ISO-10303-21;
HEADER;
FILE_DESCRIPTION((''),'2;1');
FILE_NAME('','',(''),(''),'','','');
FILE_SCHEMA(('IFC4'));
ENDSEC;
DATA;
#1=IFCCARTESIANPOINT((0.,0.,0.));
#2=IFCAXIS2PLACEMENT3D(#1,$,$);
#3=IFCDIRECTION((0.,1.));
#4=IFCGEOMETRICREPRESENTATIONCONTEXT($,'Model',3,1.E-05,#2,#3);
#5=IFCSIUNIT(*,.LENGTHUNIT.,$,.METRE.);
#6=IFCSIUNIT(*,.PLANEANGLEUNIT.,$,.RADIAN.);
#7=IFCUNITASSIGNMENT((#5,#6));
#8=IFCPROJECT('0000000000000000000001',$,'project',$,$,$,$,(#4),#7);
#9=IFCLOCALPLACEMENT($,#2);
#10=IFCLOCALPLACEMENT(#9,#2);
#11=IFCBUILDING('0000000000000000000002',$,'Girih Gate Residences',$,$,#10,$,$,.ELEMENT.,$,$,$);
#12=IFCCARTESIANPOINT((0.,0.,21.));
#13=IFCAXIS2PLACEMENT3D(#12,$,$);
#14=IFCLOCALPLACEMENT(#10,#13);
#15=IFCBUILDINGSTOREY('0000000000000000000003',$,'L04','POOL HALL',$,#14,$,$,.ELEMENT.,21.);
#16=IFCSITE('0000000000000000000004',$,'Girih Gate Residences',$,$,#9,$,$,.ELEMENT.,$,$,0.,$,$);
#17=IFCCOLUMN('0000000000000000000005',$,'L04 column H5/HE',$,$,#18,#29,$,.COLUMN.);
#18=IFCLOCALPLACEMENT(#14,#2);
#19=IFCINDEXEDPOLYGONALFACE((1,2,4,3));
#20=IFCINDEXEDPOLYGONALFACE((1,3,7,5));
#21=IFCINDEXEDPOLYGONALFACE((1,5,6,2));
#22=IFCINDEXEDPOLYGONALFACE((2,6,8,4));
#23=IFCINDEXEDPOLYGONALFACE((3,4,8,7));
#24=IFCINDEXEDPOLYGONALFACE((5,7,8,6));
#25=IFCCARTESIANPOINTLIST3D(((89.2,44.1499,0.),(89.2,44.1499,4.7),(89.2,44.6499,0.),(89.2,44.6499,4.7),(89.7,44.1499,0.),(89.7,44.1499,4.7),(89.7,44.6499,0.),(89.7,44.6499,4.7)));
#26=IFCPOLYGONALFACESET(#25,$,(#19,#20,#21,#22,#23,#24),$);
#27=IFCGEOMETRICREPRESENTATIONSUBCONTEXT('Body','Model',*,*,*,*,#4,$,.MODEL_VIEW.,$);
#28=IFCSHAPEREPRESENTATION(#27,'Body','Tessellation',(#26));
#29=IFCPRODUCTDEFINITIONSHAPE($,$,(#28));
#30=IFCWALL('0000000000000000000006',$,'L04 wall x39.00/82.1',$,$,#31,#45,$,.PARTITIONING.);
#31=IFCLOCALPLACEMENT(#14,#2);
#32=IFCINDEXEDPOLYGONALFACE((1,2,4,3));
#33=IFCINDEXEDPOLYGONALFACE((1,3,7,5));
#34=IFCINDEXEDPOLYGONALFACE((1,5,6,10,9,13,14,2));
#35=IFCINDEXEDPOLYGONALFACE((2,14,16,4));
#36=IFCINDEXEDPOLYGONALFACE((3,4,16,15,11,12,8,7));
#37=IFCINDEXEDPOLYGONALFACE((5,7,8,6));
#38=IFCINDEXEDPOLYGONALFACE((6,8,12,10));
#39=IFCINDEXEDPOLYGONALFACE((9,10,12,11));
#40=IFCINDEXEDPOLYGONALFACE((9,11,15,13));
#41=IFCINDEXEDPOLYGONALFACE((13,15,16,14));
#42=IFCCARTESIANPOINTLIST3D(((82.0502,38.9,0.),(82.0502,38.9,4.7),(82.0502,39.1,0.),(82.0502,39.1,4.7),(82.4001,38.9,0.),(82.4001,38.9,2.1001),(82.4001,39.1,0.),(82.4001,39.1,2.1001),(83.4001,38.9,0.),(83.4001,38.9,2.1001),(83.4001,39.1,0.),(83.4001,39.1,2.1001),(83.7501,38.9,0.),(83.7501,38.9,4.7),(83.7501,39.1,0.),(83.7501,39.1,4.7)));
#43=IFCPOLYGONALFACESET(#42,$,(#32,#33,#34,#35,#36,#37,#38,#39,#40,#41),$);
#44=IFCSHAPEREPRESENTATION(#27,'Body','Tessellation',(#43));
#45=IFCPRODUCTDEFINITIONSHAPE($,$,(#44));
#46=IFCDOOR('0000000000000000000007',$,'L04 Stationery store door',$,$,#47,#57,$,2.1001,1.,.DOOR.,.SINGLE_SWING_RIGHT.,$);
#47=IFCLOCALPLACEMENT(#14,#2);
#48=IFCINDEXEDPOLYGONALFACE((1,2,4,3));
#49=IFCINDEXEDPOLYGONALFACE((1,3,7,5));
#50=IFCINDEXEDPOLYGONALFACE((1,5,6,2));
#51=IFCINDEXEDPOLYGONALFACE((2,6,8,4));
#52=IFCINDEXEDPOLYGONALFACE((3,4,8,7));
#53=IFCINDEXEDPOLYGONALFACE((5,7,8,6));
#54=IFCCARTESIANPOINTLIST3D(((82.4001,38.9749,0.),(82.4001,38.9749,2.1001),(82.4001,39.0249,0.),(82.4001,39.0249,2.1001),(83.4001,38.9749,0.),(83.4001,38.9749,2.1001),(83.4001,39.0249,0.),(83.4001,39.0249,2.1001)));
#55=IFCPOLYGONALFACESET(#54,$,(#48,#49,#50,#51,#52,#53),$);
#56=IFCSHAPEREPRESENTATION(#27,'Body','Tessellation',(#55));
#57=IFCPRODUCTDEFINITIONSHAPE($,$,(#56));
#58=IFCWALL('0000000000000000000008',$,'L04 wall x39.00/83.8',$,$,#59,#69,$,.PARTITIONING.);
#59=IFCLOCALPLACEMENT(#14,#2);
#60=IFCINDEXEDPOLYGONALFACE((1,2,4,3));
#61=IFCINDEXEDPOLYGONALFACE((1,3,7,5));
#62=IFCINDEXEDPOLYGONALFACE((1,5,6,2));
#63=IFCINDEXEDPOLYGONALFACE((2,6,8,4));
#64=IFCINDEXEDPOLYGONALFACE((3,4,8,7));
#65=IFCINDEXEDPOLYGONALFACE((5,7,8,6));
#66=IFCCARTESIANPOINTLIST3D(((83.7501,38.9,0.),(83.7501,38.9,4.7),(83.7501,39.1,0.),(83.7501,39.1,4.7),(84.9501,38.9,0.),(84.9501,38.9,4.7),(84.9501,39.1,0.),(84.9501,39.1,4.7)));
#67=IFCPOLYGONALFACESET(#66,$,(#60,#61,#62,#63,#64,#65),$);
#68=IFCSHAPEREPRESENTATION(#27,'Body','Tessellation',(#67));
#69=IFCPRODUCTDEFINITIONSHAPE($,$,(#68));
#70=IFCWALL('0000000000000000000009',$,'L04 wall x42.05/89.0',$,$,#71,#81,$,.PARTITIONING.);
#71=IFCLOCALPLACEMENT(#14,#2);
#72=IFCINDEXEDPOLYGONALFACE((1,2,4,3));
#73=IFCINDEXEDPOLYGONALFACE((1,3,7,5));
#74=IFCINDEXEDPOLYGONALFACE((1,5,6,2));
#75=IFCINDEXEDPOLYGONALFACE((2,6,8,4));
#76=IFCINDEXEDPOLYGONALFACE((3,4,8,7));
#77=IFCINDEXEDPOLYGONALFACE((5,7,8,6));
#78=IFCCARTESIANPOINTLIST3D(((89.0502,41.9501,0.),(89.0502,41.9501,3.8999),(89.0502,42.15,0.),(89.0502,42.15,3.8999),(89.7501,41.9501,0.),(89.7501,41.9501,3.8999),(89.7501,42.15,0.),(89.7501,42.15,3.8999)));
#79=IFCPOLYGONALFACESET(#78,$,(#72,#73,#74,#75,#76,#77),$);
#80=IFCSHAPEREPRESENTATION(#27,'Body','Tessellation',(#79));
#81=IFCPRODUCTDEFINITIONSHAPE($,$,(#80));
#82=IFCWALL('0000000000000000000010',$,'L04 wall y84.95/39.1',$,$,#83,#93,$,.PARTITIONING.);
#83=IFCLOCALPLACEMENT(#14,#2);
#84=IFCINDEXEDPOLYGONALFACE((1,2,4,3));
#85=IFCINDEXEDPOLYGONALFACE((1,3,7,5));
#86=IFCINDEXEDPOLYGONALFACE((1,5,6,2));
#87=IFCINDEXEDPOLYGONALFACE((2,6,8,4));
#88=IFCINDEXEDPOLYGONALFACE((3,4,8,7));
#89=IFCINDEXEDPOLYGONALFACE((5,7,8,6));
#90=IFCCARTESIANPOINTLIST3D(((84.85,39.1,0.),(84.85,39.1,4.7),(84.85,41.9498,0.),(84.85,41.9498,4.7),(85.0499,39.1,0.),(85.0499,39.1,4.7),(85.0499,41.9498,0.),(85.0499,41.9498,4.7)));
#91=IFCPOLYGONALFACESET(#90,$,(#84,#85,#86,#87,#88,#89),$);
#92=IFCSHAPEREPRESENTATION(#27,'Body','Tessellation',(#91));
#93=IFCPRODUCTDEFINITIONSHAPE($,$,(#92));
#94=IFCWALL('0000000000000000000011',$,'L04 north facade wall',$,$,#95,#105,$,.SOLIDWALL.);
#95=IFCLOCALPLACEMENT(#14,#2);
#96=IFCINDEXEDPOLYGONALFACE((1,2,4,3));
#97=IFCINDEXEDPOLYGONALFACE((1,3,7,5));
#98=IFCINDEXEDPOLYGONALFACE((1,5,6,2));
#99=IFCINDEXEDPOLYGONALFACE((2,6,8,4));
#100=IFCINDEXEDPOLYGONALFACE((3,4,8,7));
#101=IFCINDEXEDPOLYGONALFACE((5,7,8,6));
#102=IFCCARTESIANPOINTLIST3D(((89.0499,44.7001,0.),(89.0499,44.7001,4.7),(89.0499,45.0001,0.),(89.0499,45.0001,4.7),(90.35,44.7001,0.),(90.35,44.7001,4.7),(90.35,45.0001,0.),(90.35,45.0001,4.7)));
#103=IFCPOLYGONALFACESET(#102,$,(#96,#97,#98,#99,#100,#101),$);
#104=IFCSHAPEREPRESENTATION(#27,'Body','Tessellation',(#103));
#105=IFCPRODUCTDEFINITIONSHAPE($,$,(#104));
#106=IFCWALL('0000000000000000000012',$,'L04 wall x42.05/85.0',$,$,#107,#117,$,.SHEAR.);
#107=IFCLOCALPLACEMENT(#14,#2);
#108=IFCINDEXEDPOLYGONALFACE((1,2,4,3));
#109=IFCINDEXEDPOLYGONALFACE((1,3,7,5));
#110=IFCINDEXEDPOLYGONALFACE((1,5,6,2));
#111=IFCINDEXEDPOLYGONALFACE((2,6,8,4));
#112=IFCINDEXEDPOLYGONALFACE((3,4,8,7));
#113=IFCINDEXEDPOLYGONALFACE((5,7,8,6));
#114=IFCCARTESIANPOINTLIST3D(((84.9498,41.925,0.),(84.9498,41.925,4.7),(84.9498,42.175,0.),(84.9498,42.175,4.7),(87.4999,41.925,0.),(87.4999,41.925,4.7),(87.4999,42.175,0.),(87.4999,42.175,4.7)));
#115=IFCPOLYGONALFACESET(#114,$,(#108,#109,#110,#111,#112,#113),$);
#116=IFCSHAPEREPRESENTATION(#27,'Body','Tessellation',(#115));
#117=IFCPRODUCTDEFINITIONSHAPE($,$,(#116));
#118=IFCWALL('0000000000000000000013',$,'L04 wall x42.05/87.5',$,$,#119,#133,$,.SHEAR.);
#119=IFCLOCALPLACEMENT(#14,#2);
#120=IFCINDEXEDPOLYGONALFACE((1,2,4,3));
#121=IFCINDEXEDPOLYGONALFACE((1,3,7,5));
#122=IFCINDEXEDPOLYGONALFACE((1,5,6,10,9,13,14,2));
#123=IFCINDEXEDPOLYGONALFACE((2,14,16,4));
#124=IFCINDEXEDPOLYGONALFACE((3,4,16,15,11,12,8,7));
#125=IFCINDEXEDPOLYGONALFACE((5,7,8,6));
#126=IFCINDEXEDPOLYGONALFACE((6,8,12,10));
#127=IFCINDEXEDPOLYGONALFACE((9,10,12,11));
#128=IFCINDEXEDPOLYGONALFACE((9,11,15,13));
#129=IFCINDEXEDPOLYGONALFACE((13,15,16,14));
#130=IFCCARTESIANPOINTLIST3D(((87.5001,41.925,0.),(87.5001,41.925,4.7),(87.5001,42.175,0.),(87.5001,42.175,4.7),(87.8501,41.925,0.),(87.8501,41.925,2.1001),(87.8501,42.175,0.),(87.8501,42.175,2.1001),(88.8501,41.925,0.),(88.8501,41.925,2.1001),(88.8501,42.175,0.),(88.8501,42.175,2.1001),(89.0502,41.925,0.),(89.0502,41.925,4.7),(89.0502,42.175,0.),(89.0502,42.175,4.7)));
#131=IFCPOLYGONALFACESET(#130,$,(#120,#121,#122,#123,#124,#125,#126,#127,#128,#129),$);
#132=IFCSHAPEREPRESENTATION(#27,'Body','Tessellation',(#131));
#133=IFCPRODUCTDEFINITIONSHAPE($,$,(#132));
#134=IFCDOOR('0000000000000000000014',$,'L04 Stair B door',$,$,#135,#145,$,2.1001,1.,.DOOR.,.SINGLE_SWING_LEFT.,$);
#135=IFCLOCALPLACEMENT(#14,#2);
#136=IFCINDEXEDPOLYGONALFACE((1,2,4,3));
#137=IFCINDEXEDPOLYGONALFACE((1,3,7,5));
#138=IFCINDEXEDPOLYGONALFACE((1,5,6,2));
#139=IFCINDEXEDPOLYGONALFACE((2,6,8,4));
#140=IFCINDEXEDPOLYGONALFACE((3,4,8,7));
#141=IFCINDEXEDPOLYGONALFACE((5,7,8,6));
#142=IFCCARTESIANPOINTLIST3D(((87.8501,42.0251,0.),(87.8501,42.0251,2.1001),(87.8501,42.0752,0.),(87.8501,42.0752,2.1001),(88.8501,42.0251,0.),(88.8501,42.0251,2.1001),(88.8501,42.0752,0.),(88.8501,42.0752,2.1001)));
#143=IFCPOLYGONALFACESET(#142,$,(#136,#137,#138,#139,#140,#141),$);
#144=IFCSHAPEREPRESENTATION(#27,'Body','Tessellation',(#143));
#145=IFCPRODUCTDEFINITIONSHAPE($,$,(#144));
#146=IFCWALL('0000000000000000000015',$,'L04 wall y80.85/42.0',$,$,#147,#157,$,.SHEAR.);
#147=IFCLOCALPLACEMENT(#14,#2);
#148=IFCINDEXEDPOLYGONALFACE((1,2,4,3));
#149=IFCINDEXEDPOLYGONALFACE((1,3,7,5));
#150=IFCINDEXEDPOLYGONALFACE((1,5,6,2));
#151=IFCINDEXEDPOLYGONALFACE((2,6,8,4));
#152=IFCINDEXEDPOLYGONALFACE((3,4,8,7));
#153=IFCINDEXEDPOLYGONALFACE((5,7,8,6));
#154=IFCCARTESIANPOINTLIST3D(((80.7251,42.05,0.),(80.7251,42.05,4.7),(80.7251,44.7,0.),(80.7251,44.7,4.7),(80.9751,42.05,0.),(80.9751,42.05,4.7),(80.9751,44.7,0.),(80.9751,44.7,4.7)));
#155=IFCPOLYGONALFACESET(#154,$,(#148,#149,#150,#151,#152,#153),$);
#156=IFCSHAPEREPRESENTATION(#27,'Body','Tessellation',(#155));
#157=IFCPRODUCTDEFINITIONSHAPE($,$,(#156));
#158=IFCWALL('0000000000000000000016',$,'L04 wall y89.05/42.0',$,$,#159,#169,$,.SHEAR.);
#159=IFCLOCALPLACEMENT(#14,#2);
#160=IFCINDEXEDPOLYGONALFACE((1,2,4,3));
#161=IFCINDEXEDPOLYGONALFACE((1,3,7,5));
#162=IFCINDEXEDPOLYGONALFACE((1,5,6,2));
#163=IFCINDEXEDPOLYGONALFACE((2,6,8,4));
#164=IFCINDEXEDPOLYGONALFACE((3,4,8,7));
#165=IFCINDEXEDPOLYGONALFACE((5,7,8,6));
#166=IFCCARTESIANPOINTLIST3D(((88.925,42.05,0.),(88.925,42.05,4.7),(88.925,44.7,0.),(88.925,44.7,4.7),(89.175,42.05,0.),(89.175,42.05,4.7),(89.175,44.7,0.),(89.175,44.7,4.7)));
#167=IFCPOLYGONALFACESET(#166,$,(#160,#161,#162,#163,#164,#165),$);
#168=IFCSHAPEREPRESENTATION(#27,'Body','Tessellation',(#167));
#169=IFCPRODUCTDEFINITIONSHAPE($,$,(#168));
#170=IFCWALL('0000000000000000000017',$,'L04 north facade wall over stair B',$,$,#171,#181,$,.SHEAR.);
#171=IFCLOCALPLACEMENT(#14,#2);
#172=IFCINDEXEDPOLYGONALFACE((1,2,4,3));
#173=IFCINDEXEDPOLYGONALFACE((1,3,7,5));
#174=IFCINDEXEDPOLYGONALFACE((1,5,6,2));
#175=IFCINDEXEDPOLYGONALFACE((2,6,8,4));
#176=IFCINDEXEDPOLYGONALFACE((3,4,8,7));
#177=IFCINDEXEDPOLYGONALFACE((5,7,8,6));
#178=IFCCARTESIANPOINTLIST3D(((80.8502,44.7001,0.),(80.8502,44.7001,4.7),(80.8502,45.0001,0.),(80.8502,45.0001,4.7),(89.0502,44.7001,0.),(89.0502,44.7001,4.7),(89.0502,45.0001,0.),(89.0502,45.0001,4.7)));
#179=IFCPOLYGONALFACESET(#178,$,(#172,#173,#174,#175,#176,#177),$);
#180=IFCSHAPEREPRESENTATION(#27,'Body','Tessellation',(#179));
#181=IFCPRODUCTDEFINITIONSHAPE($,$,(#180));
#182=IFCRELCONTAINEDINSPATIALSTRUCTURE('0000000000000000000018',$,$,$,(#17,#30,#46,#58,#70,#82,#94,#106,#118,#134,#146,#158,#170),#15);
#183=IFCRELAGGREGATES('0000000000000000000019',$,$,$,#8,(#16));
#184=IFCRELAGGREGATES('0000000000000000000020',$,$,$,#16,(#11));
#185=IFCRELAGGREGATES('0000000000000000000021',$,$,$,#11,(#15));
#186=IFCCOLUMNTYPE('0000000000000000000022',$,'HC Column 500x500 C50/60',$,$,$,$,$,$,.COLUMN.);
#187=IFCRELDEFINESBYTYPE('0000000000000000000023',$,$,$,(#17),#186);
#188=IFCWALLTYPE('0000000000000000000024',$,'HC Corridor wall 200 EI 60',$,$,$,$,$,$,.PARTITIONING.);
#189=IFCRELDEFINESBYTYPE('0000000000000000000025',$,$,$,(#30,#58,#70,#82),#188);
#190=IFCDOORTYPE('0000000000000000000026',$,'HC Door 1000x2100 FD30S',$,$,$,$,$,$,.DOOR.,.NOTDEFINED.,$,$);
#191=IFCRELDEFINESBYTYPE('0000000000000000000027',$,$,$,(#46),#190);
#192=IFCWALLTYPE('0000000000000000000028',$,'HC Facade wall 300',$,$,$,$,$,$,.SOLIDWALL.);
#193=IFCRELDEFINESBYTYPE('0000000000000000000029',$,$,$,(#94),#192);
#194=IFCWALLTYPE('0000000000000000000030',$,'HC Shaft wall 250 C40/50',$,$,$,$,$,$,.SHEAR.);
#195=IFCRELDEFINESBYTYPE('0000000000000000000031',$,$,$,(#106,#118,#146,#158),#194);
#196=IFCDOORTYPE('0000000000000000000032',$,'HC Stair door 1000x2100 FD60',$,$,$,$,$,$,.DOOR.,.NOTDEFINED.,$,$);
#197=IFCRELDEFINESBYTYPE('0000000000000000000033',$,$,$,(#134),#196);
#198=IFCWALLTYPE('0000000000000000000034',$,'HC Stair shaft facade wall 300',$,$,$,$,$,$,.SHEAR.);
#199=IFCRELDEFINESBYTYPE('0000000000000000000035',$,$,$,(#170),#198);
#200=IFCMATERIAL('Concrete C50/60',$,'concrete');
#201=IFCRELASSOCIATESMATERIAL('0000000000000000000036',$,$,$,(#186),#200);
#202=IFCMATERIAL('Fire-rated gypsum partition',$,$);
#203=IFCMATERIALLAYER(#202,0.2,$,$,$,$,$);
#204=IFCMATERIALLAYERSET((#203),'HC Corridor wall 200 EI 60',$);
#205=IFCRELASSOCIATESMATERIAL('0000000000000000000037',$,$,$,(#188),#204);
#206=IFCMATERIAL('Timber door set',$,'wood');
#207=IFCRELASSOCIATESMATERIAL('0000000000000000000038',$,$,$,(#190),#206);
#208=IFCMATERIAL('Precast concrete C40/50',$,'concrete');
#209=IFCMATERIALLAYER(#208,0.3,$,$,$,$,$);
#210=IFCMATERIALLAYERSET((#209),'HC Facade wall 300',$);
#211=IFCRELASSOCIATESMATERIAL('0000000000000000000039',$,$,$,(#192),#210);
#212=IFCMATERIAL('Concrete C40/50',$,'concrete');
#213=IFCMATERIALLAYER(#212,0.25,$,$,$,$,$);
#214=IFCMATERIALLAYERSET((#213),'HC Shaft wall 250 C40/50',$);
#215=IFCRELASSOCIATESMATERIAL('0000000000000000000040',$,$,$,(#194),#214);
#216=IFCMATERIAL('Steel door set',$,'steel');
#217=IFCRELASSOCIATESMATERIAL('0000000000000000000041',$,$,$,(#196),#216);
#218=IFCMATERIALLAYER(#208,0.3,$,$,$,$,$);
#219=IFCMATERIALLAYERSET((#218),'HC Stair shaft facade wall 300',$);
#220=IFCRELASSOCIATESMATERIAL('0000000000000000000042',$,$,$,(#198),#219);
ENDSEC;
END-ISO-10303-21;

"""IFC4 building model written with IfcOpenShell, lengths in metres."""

from ifc_helpers import new_model, si_unit, direction, frame, frame_2d, origin, origin_2d, place, context, subcontext, project, spatial, rectangle, extrude, material, layer, layer_set, material_profile, profile_set, type_object, element, fill, save


model = new_model("IFC4")

# Units and contexts
model_context = context("Model", 3, precision=1e-05, world=origin(), true_north=direction((0.0, 1.0)))
body_context = subcontext(model_context, "Body", "Model", "MODEL_VIEW")
ifc_project = project(units=[si_unit("LENGTHUNIT", "METRE"), si_unit("PLANEANGLEUNIT", "RADIAN")], contexts=[model_context])

# Site, building, storey
site_placement = place(None, origin())
site = spatial("IfcSite", under=ifc_project, at=site_placement, Name="Girih Gate Residences", CompositionType="ELEMENT", RefElevation=0.0)
building_placement = place(site_placement, origin())
building = spatial("IfcBuilding", under=site, at=building_placement, Name="Girih Gate Residences", CompositionType="ELEMENT")
storey_placement = place(building_placement, frame((0.0, 0.0, 21.0)))
storey = spatial("IfcBuildingStorey", under=building, at=storey_placement, Name="L04", Description="POOL HALL", CompositionType="ELEMENT", Elevation=21.0)

# Column
ifc_material_1 = material(Name="Concrete C50/60", Category="concrete")
ifc_material_profile = material_profile(ifc_material_1, rectangle(XDim=0.5, YDim=0.5, at=origin_2d()))
ifc_profile_set = profile_set([ifc_material_profile], Name="Concrete C50/60")
column_type = type_object("IfcColumnType", Name="HC Column 500x500 C50/60", PredefinedType="COLUMN", material=ifc_profile_set)
column_placement = place(storey_placement, frame((89.45, 44.3999, 0.0), z_axis=(0.0, 0.0, 1.0), x_axis=(1.0, 0.0, 0.0)))
element("IfcColumn", 1, at=column_placement, inside=storey, type_object=column_type, Name="L04 column H5/HE", PredefinedType="COLUMN", context=body_context, shape_type="SweptSolid", body=[
    extrude(rectangle(XDim=0.5, YDim=0.5, at=origin_2d()), origin(), (0.0, 0.0, 1.0), 4.7),
])

# Wall, opening, door
ifc_material_2 = material(Name="Fire-rated gypsum partition")
ifc_layer_1 = layer(ifc_material_2, 0.2)
ifc_layer_set_1 = layer_set([ifc_layer_1], Name="HC Corridor wall 200 EI 60")
wall_type_1 = type_object("IfcWallType", Name="HC Corridor wall 200 EI 60", PredefinedType="PARTITIONING", material=ifc_layer_set_1)
wall_1_placement = place(storey_placement, frame((82.05, 39.0, 0.0), z_axis=(0.0, 0.0, 1.0), x_axis=(1.0, 0.0, 0.0)))
wall_1 = element("IfcWall", 2, at=wall_1_placement, inside=storey, type_object=wall_type_1, Name="L04 wall x39.00/82.1", PredefinedType="PARTITIONING", context=body_context, shape_type="SweptSolid", body=[
    extrude(rectangle(XDim=1.7, YDim=0.2, at=frame_2d((0.8501, 0.0))), origin(), (0.0, 0.0, 1.0), 4.7),
])
opening_1_placement = place(wall_1_placement, frame((0.3501, 0.0, 0.0)))
opening_1 = element("IfcOpeningElement", 3, at=opening_1_placement, cuts=wall_1, PredefinedType="OPENING", context=body_context, shape_type="SweptSolid", body=[
    extrude(rectangle(XDim=1.0, YDim=2.1001, at=frame_2d((0.5, 1.05))), frame((0.0, 0.1099, 0.0), z_axis=(0.0, -1.0, 0.0), x_axis=(1.0, 0.0, 0.0)), (0.0, 0.0, 1.0), 0.22),
])
ifc_material_3 = material(Name="Timber door set", Category="wood")
door_type_1 = type_object("IfcDoorType", Name="HC Door 1000x2100 FD30S", OperationType="NOTDEFINED", PredefinedType="DOOR", material=ifc_material_3)
door_1_placement = place(opening_1_placement, origin())
door_1 = element("IfcDoor", 4, at=door_1_placement, inside=storey, type_object=door_type_1, Name="L04 Stationery store door", OperationType="SINGLE_SWING_RIGHT", OverallHeight=2.1001, OverallWidth=1.0, PredefinedType="DOOR", context=body_context, shape_type="SweptSolid", body=[
    extrude(rectangle(XDim=1.0, YDim=2.1001, at=frame_2d((0.5, 1.05))), frame((0.0, 0.0249, 0.0), z_axis=(0.0, -1.0, 0.0), x_axis=(1.0, 0.0, 0.0)), (0.0, 0.0, 1.0), 0.05),
])
fill(opening_1, door_1)

# Walls
wall_2_placement = place(storey_placement, frame((83.75, 39.0, 0.0), z_axis=(0.0, 0.0, 1.0), x_axis=(1.0, 0.0, 0.0)))
element("IfcWall", 5, at=wall_2_placement, inside=storey, type_object=wall_type_1, Name="L04 wall x39.00/83.8", PredefinedType="PARTITIONING", context=body_context, shape_type="SweptSolid", body=[
    extrude(rectangle(XDim=1.2, YDim=0.2, at=frame_2d((0.6001, 0.0))), origin(), (0.0, 0.0, 1.0), 4.7),
])
wall_3_placement = place(storey_placement, frame((89.05, 42.05, 0.0), z_axis=(0.0, 0.0, 1.0), x_axis=(1.0, 0.0, 0.0)))
element("IfcWall", 6, at=wall_3_placement, inside=storey, type_object=wall_type_1, Name="L04 wall x42.05/89.0", PredefinedType="PARTITIONING", context=body_context, shape_type="SweptSolid", body=[
    extrude(rectangle(XDim=0.7, YDim=0.2, at=frame_2d((0.3501, 0.0))), origin(), (0.0, 0.0, 1.0), 3.8999),
])
wall_4_placement = place(storey_placement, frame((84.95, 39.1001, 0.0), z_axis=(0.0, 0.0, 1.0), x_axis=(0.0, 1.0, 0.0)))
element("IfcWall", 7, at=wall_4_placement, inside=storey, type_object=wall_type_1, Name="L04 wall y84.95/39.1", PredefinedType="PARTITIONING", context=body_context, shape_type="SweptSolid", body=[
    extrude(rectangle(XDim=2.8499, YDim=0.2, at=frame_2d((1.4248, 0.0))), origin(), (0.0, 0.0, 1.0), 4.7),
])
ifc_material_4 = material(Name="Precast concrete C40/50", Category="concrete")
ifc_layer_2 = layer(ifc_material_4, 0.3)
ifc_layer_set_2 = layer_set([ifc_layer_2], Name="HC Facade wall 300")
wall_type_2 = type_object("IfcWallType", Name="HC Facade wall 300", PredefinedType="SOLIDWALL", material=ifc_layer_set_2)
wall_5_placement = place(storey_placement, frame((89.05, 44.8501, 0.0), z_axis=(0.0, 0.0, 1.0), x_axis=(1.0, 0.0, 0.0)))
element("IfcWall", 8, at=wall_5_placement, inside=storey, type_object=wall_type_2, Name="L04 north facade wall", PredefinedType="SOLIDWALL", context=body_context, shape_type="SweptSolid", body=[
    extrude(rectangle(XDim=1.3, YDim=0.3, at=frame_2d((0.6499, 0.0))), origin(), (0.0, 0.0, 1.0), 4.7),
])
ifc_material_5 = material(Name="Concrete C40/50", Category="concrete")
ifc_layer_3 = layer(ifc_material_5, 0.25)
ifc_layer_set_3 = layer_set([ifc_layer_3], Name="HC Shaft wall 250 C40/50")
wall_type_3 = type_object("IfcWallType", Name="HC Shaft wall 250 C40/50", PredefinedType="SHEAR", material=ifc_layer_set_3)
wall_6_placement = place(storey_placement, frame((84.95, 42.05, 0.0), z_axis=(0.0, 0.0, 1.0), x_axis=(1.0, 0.0, 0.0)))
element("IfcWall", 9, at=wall_6_placement, inside=storey, type_object=wall_type_3, Name="L04 wall x42.05/85.0", PredefinedType="SHEAR", context=body_context, shape_type="SweptSolid", body=[
    extrude(rectangle(XDim=2.55, YDim=0.25, at=frame_2d((1.2749, 0.0))), origin(), (0.0, 0.0, 1.0), 4.7),
])

# Wall, opening, door
wall_7_placement = place(storey_placement, frame((89.05, 42.05, 0.0), z_axis=(0.0, 0.0, 1.0), x_axis=(-1.0, 0.0, 0.0)))
wall_7 = element("IfcWall", 10, at=wall_7_placement, inside=storey, type_object=wall_type_3, Name="L04 wall x42.05/87.5", PredefinedType="SHEAR", context=body_context, shape_type="SweptSolid", body=[
    extrude(rectangle(XDim=1.55, YDim=0.25, at=frame_2d((0.7749, 0.0))), origin(), (0.0, 0.0, 1.0), 4.7),
])
opening_2_placement = place(wall_7_placement, frame((0.2, 0.0, 0.0)))
opening_2 = element("IfcOpeningElement", 11, at=opening_2_placement, cuts=wall_7, PredefinedType="OPENING", context=body_context, shape_type="SweptSolid", body=[
    extrude(rectangle(XDim=1.0, YDim=2.1001, at=frame_2d((0.5, 1.05))), frame((0.0, 0.135, 0.0), z_axis=(0.0, -1.0, 0.0), x_axis=(1.0, 0.0, 0.0)), (0.0, 0.0, 1.0), 0.27),
])
ifc_material_6 = material(Name="Steel door set", Category="steel")
door_type_2 = type_object("IfcDoorType", Name="HC Stair door 1000x2100 FD60", OperationType="NOTDEFINED", PredefinedType="DOOR", material=ifc_material_6)
door_2_placement = place(opening_2_placement, origin())
door_2 = element("IfcDoor", 12, at=door_2_placement, inside=storey, type_object=door_type_2, Name="L04 Stair B door", OperationType="SINGLE_SWING_LEFT", OverallHeight=2.1001, OverallWidth=1.0, PredefinedType="DOOR", context=body_context, shape_type="SweptSolid", body=[
    extrude(rectangle(XDim=1.0, YDim=2.1001, at=frame_2d((0.5, 1.05))), frame((0.0, 0.0249, 0.0), z_axis=(0.0, -1.0, 0.0), x_axis=(1.0, 0.0, 0.0)), (0.0, 0.0, 1.0), 0.05),
])
fill(opening_2, door_2)

# Walls
for number, where, z_axis, x_axis, name in (
    (13, (80.8501, 42.05, 0.0), (0.0, 0.0, 1.0), (0.0, 1.0, 0.0), "L04 wall y80.85/42.0"),
    (14, (89.05, 42.05, 0.0), (0.0, 0.0, 1.0), (0.0, 1.0, 0.0), "L04 wall y89.05/42.0"),
):
    element("IfcWall", number, at=place(storey_placement, frame(where, z_axis=z_axis, x_axis=x_axis)), inside=storey, type_object=wall_type_3, Name=name, PredefinedType="SHEAR", context=body_context, shape_type="SweptSolid", body=[
        extrude(rectangle(XDim=2.6499, YDim=0.25, at=frame_2d((1.325, 0.0))), origin(), (0.0, 0.0, 1.0), 4.7),
    ])
ifc_layer_4 = layer(ifc_material_4, 0.3)
ifc_layer_set_4 = layer_set([ifc_layer_4], Name="HC Stair shaft facade wall 300")
wall_type_4 = type_object("IfcWallType", Name="HC Stair shaft facade wall 300", PredefinedType="SHEAR", material=ifc_layer_set_4)
wall_8_placement = place(storey_placement, frame((80.8501, 44.8501, 0.0), z_axis=(0.0, 0.0, 1.0), x_axis=(1.0, 0.0, 0.0)))
element("IfcWall", 15, at=wall_8_placement, inside=storey, type_object=wall_type_4, Name="L04 north facade wall over stair B", PredefinedType="SHEAR", context=body_context, shape_type="SweptSolid", body=[
    extrude(rectangle(XDim=8.2, YDim=0.3, at=frame_2d((4.1001, 0.0))), origin(), (0.0, 0.0, 1.0), 4.7),
])

save(model, "model.ifc")
